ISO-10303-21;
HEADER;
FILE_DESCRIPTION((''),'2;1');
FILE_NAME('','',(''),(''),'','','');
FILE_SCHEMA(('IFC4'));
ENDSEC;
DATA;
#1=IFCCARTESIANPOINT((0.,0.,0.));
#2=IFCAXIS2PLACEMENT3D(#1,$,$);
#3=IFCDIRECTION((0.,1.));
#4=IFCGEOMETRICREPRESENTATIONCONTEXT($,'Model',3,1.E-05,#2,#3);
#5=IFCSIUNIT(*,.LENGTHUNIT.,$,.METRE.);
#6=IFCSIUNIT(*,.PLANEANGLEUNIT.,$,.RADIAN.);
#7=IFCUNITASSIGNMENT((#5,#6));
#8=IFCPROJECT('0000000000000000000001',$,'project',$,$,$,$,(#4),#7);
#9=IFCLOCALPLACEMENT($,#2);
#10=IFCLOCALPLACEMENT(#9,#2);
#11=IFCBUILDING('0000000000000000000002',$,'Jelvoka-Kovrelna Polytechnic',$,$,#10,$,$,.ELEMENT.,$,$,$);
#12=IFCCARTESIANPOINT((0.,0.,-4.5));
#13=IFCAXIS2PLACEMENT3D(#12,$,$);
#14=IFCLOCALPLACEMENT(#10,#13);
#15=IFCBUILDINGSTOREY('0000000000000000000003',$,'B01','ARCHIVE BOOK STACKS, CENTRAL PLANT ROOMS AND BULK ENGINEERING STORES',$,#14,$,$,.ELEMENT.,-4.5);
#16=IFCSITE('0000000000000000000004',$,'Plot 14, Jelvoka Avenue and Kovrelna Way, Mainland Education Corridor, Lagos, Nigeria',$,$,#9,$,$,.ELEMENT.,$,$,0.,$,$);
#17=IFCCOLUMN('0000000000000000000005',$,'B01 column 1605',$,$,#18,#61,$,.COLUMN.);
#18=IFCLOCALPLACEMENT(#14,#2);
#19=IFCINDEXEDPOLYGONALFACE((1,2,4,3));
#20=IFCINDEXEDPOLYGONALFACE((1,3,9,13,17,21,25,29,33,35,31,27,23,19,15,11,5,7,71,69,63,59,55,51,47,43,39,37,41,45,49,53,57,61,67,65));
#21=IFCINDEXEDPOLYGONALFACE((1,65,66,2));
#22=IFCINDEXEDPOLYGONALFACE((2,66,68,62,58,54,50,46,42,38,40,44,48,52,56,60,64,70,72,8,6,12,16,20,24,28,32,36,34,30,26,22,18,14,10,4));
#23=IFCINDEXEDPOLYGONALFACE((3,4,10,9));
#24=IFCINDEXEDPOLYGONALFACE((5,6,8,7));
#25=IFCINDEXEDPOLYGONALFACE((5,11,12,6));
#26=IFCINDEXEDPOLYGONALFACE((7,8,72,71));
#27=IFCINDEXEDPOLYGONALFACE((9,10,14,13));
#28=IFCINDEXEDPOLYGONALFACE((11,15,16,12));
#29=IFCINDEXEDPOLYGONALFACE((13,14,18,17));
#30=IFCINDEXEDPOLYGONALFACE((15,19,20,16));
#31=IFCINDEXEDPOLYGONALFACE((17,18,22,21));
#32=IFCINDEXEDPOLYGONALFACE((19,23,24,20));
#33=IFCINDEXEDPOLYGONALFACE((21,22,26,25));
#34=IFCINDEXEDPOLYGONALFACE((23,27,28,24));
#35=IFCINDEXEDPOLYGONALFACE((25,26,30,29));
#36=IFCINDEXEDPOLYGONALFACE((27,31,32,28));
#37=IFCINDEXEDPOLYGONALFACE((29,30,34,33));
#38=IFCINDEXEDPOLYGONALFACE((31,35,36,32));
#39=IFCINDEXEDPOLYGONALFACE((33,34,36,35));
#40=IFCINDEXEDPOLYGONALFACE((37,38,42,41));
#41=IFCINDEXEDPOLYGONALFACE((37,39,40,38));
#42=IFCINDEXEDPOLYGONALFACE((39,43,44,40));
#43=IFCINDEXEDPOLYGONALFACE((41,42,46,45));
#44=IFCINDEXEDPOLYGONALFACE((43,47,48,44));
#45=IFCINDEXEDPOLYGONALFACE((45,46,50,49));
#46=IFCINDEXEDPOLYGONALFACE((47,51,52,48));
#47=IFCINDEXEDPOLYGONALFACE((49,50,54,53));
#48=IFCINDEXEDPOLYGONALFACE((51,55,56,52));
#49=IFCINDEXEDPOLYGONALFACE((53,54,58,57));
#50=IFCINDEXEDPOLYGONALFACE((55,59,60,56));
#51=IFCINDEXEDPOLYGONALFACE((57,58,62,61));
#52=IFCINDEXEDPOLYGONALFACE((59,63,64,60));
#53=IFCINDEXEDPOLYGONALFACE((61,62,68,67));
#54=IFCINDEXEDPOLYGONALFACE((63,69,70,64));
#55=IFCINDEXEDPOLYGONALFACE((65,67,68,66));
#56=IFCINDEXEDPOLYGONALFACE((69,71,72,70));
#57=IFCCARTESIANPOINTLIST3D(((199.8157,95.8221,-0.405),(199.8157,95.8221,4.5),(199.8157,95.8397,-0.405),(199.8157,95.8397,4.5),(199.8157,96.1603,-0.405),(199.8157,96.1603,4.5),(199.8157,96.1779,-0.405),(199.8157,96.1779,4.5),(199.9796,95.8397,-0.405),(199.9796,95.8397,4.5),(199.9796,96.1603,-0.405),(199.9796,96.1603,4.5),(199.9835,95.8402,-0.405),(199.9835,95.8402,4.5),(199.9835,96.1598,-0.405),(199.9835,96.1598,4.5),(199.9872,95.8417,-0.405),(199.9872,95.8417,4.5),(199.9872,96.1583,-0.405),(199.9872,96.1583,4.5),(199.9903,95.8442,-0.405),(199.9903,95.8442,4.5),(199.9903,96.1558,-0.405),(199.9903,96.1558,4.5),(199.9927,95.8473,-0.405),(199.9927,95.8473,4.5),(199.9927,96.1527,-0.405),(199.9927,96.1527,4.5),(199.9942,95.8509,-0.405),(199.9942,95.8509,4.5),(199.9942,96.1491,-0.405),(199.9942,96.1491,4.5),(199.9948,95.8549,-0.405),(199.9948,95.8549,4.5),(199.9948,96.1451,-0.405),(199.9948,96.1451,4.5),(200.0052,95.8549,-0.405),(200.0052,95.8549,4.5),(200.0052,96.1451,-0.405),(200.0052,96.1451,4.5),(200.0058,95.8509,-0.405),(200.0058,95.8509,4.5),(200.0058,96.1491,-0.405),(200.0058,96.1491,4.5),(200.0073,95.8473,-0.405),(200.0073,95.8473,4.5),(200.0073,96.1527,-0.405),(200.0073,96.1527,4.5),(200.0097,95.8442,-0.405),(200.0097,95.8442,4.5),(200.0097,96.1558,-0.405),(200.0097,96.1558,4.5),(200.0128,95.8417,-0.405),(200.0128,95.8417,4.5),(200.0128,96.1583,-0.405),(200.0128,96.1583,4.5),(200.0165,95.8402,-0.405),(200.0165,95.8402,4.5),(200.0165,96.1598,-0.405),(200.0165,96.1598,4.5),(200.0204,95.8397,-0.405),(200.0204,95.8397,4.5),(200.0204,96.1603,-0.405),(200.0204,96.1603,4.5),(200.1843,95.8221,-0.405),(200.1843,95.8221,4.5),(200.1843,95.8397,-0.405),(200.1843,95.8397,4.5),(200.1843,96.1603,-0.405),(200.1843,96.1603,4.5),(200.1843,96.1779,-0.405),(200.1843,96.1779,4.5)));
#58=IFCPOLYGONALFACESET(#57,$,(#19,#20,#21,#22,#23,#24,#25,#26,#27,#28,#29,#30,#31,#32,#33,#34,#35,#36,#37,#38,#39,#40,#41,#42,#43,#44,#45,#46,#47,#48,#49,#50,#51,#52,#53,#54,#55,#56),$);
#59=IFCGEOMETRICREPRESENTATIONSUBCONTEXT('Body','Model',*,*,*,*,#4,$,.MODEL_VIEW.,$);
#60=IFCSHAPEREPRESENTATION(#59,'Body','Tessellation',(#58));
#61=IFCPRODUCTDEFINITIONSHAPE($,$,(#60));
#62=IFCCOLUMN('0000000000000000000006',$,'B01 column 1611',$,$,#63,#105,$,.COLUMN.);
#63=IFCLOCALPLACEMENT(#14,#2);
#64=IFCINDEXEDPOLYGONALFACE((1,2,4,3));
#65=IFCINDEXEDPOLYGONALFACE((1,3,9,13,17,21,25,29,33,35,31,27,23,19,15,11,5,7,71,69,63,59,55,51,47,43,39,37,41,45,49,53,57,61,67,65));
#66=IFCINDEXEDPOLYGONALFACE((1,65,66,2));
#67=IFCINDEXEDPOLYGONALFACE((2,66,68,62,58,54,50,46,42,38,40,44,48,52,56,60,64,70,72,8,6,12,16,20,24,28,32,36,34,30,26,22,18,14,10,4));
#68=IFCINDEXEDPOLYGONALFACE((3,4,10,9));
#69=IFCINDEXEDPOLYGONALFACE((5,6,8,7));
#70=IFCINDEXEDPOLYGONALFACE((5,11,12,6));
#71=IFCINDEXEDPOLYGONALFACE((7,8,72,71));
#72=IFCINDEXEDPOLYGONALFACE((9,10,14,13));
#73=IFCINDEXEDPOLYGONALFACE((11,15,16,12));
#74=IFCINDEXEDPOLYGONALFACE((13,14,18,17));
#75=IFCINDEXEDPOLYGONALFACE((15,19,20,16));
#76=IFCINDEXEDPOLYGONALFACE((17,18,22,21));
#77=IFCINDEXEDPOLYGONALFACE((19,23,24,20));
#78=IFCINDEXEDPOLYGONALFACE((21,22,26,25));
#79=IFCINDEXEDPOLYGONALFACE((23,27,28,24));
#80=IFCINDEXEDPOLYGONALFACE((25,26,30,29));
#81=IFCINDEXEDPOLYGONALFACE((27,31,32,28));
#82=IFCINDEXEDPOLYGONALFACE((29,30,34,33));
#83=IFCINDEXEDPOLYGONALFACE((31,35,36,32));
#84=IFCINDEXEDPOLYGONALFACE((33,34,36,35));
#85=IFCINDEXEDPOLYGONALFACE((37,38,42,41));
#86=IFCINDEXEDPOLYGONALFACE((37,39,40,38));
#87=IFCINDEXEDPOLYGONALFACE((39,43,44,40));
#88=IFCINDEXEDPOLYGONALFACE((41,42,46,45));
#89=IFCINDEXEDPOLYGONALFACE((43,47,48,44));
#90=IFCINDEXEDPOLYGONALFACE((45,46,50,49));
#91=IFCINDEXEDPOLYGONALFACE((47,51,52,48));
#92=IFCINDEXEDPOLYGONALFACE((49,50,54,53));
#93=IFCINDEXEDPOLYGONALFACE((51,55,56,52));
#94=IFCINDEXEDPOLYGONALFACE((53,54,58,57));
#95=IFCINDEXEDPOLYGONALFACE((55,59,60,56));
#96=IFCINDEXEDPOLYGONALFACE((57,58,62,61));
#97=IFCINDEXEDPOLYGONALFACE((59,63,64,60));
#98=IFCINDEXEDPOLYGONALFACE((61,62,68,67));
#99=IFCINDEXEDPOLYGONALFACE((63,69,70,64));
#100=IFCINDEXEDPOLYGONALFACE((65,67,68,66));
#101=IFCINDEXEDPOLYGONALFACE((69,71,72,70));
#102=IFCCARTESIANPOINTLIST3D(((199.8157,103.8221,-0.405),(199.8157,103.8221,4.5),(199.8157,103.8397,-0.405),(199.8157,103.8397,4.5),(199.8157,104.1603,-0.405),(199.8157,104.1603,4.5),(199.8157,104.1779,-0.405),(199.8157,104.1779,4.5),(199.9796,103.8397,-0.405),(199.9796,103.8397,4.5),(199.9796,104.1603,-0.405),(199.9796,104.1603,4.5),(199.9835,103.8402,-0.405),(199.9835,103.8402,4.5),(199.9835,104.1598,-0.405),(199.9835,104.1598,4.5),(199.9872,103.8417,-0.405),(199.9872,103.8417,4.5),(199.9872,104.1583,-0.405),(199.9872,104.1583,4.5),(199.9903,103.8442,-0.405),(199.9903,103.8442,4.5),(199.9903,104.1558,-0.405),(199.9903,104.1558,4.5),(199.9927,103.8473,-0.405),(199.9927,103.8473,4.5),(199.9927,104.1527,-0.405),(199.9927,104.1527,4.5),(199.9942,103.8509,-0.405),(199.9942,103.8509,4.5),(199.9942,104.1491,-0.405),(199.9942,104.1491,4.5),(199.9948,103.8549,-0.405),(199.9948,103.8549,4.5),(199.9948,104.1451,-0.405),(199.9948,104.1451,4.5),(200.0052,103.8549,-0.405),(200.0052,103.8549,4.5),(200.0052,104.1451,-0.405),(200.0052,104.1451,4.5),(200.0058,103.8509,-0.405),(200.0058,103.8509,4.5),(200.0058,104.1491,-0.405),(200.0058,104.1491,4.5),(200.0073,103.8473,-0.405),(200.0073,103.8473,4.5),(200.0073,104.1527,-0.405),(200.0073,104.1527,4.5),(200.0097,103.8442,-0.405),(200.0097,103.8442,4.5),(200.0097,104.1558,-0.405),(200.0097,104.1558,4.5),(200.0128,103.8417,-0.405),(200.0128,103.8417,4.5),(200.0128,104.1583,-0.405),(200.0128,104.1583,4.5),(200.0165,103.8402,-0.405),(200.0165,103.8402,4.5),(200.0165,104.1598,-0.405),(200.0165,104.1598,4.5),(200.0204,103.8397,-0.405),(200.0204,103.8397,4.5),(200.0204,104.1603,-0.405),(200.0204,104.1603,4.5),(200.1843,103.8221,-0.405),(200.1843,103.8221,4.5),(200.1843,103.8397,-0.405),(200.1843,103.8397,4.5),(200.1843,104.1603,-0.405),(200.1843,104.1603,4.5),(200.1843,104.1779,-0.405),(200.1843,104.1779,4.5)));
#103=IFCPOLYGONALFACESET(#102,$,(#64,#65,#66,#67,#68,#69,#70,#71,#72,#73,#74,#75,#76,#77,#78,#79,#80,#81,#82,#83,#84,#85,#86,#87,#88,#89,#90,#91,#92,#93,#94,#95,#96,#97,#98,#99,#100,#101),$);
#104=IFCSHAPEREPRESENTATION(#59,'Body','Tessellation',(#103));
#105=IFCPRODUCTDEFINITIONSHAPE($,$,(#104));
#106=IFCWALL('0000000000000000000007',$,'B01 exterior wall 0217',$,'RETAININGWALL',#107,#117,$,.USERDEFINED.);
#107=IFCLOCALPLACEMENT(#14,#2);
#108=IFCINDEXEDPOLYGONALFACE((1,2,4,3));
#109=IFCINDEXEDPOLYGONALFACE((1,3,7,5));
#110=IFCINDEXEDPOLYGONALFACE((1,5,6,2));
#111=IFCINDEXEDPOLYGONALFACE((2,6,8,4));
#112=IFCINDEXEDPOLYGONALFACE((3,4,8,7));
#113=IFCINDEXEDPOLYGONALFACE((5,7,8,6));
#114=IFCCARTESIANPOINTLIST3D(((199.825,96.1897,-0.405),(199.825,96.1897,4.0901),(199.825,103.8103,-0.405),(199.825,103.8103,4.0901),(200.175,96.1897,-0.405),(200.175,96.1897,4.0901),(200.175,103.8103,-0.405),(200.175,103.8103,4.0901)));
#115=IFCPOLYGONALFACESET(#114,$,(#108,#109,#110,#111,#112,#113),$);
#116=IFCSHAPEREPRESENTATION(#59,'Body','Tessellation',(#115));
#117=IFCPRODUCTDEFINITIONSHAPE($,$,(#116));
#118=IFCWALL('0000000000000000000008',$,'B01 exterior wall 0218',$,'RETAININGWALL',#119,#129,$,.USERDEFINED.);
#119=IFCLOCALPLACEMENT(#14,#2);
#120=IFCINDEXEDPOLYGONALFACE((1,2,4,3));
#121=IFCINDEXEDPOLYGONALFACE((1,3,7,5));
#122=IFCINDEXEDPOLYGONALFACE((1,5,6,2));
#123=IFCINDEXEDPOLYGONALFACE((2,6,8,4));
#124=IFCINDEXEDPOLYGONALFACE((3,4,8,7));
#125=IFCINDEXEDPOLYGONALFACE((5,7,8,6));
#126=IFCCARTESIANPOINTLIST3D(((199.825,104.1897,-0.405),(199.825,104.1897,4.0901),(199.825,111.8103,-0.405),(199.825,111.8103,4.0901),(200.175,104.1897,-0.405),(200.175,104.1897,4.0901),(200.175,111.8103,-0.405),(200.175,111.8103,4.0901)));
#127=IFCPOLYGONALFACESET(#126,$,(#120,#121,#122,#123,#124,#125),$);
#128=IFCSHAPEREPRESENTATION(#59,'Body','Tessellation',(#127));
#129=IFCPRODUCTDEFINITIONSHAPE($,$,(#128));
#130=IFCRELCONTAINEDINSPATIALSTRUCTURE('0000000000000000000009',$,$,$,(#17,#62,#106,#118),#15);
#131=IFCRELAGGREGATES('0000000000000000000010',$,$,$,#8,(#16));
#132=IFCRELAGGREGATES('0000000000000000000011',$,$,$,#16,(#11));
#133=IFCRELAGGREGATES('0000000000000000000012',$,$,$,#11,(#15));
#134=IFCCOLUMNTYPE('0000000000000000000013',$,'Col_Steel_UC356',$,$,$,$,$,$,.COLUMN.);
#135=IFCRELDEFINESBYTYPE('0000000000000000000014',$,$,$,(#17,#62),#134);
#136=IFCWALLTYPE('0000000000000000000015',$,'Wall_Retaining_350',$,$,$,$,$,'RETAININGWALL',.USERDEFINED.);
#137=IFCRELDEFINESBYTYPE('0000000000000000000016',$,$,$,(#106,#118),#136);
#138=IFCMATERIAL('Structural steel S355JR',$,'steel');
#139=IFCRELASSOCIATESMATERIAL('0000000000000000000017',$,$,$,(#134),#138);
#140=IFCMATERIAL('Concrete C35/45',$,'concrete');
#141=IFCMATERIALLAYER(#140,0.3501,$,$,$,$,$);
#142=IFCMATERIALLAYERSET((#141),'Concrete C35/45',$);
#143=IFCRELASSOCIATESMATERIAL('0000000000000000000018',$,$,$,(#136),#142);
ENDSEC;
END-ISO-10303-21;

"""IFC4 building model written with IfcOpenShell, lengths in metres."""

from ifc_helpers import new_model, si_unit, direction, frame, frame_2d, origin, origin_2d, place, context, subcontext, project, spatial, rectangle, i_section, extrude, material, layer, layer_set, material_profile, profile_set, type_object, element, save


model = new_model("IFC4")

# Units and contexts
model_context = context("Model", 3, precision=1e-05, world=origin(), true_north=direction((0.0, 1.0)))
body_context = subcontext(model_context, "Body", "Model", "MODEL_VIEW")
ifc_project = project(units=[si_unit("LENGTHUNIT", "METRE"), si_unit("PLANEANGLEUNIT", "RADIAN")], contexts=[model_context])

# Site, building, storey
site_placement = place(None, origin())
site = spatial("IfcSite", under=ifc_project, at=site_placement, Name="Plot 14, Jelvoka Avenue and Kovrelna Way, Mainland Education Corridor, Lagos, Nigeria", CompositionType="ELEMENT", RefElevation=0.0)
building_placement = place(site_placement, origin())
building = spatial("IfcBuilding", under=site, at=building_placement, Name="Jelvoka-Kovrelna Polytechnic", CompositionType="ELEMENT")
storey_placement = place(building_placement, frame((0.0, 0.0, -4.5)))
storey = spatial("IfcBuildingStorey", under=building, at=storey_placement, Name="B01", Description="ARCHIVE BOOK STACKS, CENTRAL PLANT ROOMS AND BULK ENGINEERING STORES", CompositionType="ELEMENT", Elevation=-4.5)

# Columns
ifc_material_1 = material(Name="Structural steel S355JR", Category="steel")
ifc_material_profile_1 = material_profile(ifc_material_1, i_section(OverallWidth=0.3687, OverallDepth=0.3557, WebThickness=0.0105, FlangeThickness=0.0176, FilletRadius=0.0151, at=origin_2d()), Name="356x368x129 UC")
ifc_profile_set_1 = profile_set([ifc_material_profile_1], Name="Structural steel S355JR")
column_type_1 = type_object("IfcColumnType", Name="Col_Steel_UC356", PredefinedType="COLUMN", material=ifc_profile_set_1)
for number, where, z_axis, x_axis, name in (
    (1, (200.0, 96.0, -0.405), (0.0, 0.0, 1.0), (1.0, 0.0, 0.0), "B01 column 1605"),
    (2, (200.0, 104.0, -0.405), (0.0, 0.0, 1.0), (1.0, 0.0, 0.0), "B01 column 1611"),
):
    element("IfcColumn", number, at=place(storey_placement, frame(where, z_axis=z_axis, x_axis=x_axis)), inside=storey, type_object=column_type_1, Name=name, PredefinedType="COLUMN", context=body_context, shape_type="SweptSolid", body=[
        extrude(i_section(OverallWidth=0.3687, OverallDepth=0.3557, WebThickness=0.0105, FlangeThickness=0.0176, FilletRadius=0.0151, at=origin_2d()), origin(), (0.0, 0.0, 1.0), 4.905),
    ])

# Walls
ifc_material_2 = material(Name="Concrete C35/45", Category="concrete")
ifc_layer = layer(ifc_material_2, 0.3501)
ifc_layer_set = layer_set([ifc_layer], Name="Concrete C35/45")
wall_type = type_object("IfcWallType", Name="Wall_Retaining_350", ElementType="RETAININGWALL", PredefinedType="USERDEFINED", material=ifc_layer_set)
for number, where, z_axis, x_axis, name in (
    (3, (200.0, 96.1897, -0.405), (0.0, 0.0, 1.0), (0.0, 1.0, 0.0), "B01 exterior wall 0217"),
    (4, (200.0, 104.1897, -0.405), (0.0, 0.0, 1.0), (0.0, 1.0, 0.0), "B01 exterior wall 0218"),
):
    element("IfcWall", number, at=place(storey_placement, frame(where, z_axis=z_axis, x_axis=x_axis)), inside=storey, type_object=wall_type, Name=name, ObjectType="RETAININGWALL", PredefinedType="USERDEFINED", context=body_context, shape_type="SweptSolid", body=[
        extrude(rectangle(XDim=7.6206, YDim=0.3501, at=frame_2d((3.8103, 0.0))), origin(), (0.0, 0.0, 1.0), 4.4951),
    ])

save(model, "model.ifc")
